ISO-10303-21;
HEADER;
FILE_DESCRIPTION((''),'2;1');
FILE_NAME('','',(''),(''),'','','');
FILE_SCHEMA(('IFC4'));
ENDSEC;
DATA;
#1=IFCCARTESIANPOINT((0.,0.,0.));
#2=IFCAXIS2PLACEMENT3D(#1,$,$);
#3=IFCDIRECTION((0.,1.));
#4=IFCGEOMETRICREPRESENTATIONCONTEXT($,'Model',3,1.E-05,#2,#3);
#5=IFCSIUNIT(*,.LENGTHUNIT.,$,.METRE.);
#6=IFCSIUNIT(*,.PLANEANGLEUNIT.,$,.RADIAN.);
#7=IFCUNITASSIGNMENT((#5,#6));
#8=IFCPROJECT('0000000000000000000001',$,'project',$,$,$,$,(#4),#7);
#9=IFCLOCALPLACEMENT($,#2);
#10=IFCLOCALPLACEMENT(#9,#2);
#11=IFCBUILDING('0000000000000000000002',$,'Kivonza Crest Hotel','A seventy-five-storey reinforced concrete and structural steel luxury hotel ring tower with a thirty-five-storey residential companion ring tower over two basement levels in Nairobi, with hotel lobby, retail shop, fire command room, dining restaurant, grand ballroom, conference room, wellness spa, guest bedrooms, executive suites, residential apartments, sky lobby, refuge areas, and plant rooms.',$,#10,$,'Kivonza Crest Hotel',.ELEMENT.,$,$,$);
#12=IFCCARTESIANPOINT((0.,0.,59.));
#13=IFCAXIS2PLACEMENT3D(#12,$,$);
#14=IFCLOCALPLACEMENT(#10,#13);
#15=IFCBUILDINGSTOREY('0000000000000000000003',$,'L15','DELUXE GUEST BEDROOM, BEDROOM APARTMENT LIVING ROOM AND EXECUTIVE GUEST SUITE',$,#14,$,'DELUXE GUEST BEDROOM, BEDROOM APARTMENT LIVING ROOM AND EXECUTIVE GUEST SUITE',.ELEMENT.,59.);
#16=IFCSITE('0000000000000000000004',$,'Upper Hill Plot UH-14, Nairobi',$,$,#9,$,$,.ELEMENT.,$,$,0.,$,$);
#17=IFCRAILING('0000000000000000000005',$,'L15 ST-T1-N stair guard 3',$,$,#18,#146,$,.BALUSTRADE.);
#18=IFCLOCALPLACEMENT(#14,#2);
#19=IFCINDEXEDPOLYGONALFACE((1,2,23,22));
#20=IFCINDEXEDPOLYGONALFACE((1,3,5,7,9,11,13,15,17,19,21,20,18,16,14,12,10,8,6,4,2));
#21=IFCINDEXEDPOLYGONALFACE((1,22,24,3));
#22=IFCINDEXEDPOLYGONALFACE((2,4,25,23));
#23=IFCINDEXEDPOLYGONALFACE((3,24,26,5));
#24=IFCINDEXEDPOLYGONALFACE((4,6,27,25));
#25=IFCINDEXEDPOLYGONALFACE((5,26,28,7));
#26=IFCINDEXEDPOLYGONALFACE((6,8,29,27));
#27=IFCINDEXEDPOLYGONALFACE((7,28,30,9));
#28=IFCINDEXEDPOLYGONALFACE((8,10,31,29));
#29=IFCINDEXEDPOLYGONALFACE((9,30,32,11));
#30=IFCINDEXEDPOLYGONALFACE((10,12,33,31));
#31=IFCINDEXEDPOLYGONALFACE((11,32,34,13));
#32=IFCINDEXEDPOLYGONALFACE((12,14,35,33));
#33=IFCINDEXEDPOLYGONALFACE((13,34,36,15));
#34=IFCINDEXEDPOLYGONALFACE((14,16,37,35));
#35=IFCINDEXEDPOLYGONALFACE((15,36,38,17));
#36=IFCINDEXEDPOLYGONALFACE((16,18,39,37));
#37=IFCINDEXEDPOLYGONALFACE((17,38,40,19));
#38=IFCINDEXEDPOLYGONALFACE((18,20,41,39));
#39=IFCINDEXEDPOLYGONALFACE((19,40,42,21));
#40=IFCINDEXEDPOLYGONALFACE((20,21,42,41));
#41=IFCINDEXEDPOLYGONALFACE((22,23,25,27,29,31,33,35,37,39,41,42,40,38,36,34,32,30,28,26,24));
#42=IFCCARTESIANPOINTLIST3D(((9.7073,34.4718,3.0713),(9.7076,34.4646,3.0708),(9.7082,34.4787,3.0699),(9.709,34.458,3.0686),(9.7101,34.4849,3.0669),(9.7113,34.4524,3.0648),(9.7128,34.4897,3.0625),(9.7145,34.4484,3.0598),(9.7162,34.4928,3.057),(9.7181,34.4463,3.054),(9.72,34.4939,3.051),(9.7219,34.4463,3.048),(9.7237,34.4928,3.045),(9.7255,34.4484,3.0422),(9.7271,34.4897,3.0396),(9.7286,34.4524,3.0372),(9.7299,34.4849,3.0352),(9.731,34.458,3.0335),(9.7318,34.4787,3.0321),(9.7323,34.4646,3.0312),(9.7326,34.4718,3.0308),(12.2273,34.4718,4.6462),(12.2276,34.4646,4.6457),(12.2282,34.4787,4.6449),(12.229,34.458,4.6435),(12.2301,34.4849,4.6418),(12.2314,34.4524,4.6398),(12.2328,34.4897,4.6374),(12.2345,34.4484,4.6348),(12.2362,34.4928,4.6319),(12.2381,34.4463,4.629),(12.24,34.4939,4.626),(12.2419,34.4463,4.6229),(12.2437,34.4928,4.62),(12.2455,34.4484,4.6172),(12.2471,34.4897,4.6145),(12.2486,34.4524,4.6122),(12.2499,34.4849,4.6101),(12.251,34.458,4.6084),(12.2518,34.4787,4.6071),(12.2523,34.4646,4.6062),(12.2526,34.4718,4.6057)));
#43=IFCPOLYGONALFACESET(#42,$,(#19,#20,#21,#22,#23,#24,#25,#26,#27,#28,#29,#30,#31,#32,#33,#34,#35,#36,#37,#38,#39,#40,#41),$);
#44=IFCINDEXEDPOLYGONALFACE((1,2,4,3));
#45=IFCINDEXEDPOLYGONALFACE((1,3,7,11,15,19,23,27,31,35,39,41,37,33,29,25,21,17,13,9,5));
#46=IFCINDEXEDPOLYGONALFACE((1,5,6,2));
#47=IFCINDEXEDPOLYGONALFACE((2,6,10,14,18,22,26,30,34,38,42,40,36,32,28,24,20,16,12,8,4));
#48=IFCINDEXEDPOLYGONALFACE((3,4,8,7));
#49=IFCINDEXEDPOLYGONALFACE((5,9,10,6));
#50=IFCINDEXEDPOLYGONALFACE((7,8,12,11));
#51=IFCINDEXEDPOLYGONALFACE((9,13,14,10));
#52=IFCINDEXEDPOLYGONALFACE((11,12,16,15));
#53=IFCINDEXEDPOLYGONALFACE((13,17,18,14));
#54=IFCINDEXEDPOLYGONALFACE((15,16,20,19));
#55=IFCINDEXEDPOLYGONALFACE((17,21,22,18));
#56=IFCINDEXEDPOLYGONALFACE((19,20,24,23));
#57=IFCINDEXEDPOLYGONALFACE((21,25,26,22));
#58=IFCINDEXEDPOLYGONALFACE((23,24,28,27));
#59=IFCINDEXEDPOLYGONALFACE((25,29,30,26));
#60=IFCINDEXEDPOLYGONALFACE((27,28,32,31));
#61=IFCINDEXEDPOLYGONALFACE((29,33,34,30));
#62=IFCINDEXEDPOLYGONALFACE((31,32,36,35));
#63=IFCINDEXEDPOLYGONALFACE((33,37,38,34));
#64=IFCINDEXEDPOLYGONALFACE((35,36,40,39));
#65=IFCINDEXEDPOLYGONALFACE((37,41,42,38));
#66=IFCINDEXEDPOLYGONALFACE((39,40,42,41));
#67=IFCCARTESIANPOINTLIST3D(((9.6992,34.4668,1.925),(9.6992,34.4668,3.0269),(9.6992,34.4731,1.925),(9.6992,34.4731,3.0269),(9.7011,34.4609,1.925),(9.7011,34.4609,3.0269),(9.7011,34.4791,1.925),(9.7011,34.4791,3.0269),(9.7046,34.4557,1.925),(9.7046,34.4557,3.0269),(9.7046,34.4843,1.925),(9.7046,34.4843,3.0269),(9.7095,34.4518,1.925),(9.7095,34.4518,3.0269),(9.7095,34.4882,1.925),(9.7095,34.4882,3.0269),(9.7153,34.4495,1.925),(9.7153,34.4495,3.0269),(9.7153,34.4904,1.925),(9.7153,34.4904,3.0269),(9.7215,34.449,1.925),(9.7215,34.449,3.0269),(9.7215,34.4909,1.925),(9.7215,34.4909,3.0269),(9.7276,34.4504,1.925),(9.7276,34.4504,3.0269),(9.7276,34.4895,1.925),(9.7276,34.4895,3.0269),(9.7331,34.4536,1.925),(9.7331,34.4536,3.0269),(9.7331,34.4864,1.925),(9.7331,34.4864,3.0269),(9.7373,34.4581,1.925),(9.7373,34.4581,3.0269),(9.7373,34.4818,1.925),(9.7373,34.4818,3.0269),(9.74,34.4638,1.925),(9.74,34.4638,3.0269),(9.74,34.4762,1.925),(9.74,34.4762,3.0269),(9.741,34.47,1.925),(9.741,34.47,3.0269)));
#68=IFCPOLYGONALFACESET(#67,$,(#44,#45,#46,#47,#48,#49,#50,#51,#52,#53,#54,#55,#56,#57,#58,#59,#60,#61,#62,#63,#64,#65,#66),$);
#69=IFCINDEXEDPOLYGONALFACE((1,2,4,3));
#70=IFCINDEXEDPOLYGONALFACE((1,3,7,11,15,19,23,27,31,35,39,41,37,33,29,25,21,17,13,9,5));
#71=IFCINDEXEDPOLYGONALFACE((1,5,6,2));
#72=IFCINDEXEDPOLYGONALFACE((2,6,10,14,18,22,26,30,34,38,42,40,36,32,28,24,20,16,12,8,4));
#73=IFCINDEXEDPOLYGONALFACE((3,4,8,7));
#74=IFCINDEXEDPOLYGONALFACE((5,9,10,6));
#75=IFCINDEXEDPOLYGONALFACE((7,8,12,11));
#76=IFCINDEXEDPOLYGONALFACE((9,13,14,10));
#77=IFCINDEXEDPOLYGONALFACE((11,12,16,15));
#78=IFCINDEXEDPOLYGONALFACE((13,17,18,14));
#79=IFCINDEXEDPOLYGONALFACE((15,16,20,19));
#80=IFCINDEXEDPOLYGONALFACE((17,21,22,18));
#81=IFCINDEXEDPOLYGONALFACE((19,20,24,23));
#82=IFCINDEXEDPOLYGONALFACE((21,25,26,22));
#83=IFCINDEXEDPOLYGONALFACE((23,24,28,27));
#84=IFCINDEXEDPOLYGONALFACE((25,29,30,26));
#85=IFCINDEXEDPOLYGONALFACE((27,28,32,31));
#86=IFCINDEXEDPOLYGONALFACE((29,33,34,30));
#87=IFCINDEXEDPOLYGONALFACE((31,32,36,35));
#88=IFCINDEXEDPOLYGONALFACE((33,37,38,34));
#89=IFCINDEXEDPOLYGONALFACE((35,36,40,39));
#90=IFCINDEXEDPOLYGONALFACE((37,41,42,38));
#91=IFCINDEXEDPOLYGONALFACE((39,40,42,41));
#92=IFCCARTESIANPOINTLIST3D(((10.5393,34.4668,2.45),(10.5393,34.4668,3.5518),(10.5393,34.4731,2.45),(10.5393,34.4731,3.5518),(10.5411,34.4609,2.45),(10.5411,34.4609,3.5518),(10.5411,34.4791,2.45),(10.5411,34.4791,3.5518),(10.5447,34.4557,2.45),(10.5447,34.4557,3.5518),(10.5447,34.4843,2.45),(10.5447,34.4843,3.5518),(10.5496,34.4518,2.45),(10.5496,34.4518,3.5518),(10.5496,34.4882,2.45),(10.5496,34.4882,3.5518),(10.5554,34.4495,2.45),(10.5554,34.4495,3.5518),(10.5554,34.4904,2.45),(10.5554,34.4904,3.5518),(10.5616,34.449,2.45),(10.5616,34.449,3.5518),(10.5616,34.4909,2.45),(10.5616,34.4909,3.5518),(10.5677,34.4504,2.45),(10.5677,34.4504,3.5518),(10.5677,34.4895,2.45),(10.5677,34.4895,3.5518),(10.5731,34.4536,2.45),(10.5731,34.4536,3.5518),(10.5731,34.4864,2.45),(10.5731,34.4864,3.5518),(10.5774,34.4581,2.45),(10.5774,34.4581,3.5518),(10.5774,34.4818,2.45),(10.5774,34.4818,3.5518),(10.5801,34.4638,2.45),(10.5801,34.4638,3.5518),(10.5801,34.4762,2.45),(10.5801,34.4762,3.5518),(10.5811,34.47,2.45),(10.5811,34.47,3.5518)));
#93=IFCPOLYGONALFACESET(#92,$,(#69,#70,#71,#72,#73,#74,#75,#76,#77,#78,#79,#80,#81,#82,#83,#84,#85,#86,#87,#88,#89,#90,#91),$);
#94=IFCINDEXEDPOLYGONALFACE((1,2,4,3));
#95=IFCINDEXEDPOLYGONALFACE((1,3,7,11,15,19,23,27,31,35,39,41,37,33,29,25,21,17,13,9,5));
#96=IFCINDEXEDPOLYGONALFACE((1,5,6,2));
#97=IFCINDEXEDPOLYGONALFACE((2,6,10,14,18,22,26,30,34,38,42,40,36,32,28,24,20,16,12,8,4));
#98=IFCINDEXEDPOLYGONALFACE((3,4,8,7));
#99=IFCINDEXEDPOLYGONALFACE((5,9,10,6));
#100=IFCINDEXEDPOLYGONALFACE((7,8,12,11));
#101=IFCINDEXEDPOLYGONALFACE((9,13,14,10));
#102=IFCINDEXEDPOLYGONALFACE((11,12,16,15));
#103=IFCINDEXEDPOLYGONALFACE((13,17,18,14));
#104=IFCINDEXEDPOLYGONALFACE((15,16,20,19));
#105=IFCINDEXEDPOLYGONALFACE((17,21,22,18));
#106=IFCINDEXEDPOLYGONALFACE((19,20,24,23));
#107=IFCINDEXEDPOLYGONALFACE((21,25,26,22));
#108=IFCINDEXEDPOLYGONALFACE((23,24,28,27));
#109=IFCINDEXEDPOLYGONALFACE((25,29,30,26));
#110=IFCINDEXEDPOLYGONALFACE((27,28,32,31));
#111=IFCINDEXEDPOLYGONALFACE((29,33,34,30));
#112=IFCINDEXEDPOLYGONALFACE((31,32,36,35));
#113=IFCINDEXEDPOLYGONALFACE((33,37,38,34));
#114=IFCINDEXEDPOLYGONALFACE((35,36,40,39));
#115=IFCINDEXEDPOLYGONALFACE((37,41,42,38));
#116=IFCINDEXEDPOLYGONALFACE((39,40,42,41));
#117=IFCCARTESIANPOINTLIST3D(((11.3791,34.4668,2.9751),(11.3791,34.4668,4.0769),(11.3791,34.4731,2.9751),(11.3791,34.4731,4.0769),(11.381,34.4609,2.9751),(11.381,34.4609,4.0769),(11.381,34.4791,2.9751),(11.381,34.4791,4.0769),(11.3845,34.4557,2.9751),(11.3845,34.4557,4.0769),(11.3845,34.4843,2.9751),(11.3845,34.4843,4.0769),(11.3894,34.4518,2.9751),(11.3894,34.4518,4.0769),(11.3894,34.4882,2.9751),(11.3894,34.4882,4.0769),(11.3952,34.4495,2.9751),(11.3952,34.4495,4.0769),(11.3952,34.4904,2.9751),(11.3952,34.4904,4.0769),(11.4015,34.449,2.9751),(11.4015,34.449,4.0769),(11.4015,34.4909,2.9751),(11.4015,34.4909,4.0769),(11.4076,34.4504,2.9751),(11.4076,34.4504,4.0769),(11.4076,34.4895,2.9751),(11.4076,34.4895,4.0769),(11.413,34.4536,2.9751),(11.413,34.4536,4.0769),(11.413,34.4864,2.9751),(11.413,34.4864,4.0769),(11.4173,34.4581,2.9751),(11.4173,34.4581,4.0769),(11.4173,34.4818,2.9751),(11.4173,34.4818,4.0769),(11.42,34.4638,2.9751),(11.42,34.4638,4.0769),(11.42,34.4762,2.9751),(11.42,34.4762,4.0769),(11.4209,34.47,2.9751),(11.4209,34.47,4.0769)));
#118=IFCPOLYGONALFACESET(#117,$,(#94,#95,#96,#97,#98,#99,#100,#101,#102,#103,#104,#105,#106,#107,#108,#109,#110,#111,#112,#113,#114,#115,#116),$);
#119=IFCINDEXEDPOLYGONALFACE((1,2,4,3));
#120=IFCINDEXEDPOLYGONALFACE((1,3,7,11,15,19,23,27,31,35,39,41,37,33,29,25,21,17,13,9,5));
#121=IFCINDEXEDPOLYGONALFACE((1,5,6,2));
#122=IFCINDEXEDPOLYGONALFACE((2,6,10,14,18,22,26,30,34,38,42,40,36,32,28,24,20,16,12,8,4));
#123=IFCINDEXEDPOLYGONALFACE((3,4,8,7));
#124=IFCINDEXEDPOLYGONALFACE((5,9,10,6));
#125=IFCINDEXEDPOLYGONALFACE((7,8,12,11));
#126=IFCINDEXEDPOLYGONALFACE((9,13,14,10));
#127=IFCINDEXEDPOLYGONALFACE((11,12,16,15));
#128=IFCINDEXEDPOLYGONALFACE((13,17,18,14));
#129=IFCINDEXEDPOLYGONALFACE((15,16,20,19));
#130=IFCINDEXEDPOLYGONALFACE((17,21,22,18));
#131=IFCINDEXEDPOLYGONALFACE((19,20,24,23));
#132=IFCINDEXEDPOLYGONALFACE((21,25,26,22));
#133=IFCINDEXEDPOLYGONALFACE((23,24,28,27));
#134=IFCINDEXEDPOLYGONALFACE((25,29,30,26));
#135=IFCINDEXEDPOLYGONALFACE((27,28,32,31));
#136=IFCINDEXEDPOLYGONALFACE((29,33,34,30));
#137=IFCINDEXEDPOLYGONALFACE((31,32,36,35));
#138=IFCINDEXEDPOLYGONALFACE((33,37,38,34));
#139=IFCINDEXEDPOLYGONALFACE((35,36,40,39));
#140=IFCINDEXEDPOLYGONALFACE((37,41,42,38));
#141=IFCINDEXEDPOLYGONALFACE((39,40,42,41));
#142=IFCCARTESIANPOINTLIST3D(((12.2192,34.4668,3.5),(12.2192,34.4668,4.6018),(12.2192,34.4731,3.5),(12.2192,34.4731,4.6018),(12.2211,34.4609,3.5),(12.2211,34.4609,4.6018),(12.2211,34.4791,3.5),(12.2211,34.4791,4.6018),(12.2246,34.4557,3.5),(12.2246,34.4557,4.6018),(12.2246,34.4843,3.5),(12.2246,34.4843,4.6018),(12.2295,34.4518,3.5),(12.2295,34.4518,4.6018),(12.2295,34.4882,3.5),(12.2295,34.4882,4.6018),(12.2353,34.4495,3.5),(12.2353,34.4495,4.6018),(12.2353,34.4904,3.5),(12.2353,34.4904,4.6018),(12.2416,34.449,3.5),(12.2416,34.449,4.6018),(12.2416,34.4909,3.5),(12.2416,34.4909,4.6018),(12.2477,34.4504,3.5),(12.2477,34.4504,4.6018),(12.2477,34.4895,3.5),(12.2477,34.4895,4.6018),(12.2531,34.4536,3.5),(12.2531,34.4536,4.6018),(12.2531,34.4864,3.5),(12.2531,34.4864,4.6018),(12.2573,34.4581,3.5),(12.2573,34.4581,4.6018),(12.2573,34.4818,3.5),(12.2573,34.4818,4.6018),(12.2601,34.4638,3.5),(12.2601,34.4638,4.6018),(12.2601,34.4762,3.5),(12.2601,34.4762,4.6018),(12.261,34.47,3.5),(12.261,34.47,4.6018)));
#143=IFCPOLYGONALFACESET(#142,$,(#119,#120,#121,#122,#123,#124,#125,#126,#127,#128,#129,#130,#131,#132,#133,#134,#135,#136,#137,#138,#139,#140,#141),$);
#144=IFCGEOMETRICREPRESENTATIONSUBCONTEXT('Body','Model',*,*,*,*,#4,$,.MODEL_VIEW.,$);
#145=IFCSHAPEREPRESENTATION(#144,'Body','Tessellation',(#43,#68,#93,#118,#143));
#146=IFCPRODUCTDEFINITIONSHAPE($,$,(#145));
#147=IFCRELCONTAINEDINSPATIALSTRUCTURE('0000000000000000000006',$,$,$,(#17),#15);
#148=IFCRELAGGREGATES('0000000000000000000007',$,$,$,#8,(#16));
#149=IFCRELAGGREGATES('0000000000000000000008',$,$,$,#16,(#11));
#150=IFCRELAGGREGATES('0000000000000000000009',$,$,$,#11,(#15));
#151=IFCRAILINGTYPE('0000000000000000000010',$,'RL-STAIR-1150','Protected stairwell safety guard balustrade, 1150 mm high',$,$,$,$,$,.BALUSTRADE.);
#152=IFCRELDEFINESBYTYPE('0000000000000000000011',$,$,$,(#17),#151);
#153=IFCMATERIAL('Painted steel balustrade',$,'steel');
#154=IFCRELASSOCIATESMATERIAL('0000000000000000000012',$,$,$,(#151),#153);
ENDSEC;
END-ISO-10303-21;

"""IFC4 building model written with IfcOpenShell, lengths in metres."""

from ifc_helpers import new_model, si_unit, direction, frame, origin, origin_2d, place, context, subcontext, project, spatial, circle, extrude, material, type_object, element, save


model = new_model("IFC4")

# Units and contexts
model_context = context("Model", 3, precision=1e-05, world=origin(), true_north=direction((0.0, 1.0)))
body_context = subcontext(model_context, "Body", "Model", "MODEL_VIEW")
ifc_project = project(units=[si_unit("LENGTHUNIT", "METRE"), si_unit("PLANEANGLEUNIT", "RADIAN")], contexts=[model_context])

# Site, building, storey
site_placement = place(None, origin())
site = spatial("IfcSite", under=ifc_project, at=site_placement, Name="Upper Hill Plot UH-14, Nairobi", CompositionType="ELEMENT", RefElevation=0.0)
building_placement = place(site_placement, origin())
building = spatial("IfcBuilding", under=site, at=building_placement, Name="Kivonza Crest Hotel", Description="A seventy-five-storey reinforced concrete and structural steel luxury hotel ring tower with a thirty-five-storey residential companion ring tower over two basement levels in Nairobi, with hotel lobby, retail shop, fire command room, dining restaurant, grand ballroom, conference room, wellness spa, guest bedrooms, executive suites, residential apartments, sky lobby, refuge areas, and plant rooms.", LongName="Kivonza Crest Hotel", CompositionType="ELEMENT")
storey_placement = place(building_placement, frame((0.0, 0.0, 59.0)))
storey = spatial("IfcBuildingStorey", under=building, at=storey_placement, Name="L15", Description="DELUXE GUEST BEDROOM, BEDROOM APARTMENT LIVING ROOM AND EXECUTIVE GUEST SUITE", LongName="DELUXE GUEST BEDROOM, BEDROOM APARTMENT LIVING ROOM AND EXECUTIVE GUEST SUITE", CompositionType="ELEMENT", Elevation=59.0)

# Railing
ifc_material_1 = material(Name="Painted steel balustrade", Category="steel")
railing_type_1 = type_object("IfcRailingType", Name="RL-STAIR-1150", Description="Protected stairwell safety guard balustrade, 1150 mm high", PredefinedType="BALUSTRADE", material=ifc_material_1)
railing_1_placement = place(storey_placement, frame((9.72, 34.47, 1.925)))
element("IfcRailing", 1, at=railing_1_placement, inside=storey, type_object=railing_type_1, Name="L15 ST-T1-N stair guard 3", PredefinedType="BALUSTRADE", context=body_context, shape_type="SweptSolid", body=[
    extrude(circle(Radius=0.0239, at=origin_2d()), frame((0.0, 0.0, 1.126), z_axis=(0.848008, 0.0, 0.529984), x_axis=(0.0, 1.0, 0.0)), (0.0, 0.0, 1.0), 2.9717),
    extrude(circle(Radius=0.021, at=origin_2d()), origin(), (0.0, 0.0, 1.0), 1.1018),
    extrude(circle(Radius=0.021, at=origin_2d()), frame((0.8401, 0.0, 0.5249)), (0.0, 0.0, 1.0), 1.1018),
    extrude(circle(Radius=0.021, at=origin_2d()), frame((1.6799, 0.0, 1.05)), (0.0, 0.0, 1.0), 1.1018),
    extrude(circle(Radius=0.021, at=origin_2d()), frame((2.52, 0.0, 1.575)), (0.0, 0.0, 1.0), 1.1018),
])

save(model, "model.ifc")
